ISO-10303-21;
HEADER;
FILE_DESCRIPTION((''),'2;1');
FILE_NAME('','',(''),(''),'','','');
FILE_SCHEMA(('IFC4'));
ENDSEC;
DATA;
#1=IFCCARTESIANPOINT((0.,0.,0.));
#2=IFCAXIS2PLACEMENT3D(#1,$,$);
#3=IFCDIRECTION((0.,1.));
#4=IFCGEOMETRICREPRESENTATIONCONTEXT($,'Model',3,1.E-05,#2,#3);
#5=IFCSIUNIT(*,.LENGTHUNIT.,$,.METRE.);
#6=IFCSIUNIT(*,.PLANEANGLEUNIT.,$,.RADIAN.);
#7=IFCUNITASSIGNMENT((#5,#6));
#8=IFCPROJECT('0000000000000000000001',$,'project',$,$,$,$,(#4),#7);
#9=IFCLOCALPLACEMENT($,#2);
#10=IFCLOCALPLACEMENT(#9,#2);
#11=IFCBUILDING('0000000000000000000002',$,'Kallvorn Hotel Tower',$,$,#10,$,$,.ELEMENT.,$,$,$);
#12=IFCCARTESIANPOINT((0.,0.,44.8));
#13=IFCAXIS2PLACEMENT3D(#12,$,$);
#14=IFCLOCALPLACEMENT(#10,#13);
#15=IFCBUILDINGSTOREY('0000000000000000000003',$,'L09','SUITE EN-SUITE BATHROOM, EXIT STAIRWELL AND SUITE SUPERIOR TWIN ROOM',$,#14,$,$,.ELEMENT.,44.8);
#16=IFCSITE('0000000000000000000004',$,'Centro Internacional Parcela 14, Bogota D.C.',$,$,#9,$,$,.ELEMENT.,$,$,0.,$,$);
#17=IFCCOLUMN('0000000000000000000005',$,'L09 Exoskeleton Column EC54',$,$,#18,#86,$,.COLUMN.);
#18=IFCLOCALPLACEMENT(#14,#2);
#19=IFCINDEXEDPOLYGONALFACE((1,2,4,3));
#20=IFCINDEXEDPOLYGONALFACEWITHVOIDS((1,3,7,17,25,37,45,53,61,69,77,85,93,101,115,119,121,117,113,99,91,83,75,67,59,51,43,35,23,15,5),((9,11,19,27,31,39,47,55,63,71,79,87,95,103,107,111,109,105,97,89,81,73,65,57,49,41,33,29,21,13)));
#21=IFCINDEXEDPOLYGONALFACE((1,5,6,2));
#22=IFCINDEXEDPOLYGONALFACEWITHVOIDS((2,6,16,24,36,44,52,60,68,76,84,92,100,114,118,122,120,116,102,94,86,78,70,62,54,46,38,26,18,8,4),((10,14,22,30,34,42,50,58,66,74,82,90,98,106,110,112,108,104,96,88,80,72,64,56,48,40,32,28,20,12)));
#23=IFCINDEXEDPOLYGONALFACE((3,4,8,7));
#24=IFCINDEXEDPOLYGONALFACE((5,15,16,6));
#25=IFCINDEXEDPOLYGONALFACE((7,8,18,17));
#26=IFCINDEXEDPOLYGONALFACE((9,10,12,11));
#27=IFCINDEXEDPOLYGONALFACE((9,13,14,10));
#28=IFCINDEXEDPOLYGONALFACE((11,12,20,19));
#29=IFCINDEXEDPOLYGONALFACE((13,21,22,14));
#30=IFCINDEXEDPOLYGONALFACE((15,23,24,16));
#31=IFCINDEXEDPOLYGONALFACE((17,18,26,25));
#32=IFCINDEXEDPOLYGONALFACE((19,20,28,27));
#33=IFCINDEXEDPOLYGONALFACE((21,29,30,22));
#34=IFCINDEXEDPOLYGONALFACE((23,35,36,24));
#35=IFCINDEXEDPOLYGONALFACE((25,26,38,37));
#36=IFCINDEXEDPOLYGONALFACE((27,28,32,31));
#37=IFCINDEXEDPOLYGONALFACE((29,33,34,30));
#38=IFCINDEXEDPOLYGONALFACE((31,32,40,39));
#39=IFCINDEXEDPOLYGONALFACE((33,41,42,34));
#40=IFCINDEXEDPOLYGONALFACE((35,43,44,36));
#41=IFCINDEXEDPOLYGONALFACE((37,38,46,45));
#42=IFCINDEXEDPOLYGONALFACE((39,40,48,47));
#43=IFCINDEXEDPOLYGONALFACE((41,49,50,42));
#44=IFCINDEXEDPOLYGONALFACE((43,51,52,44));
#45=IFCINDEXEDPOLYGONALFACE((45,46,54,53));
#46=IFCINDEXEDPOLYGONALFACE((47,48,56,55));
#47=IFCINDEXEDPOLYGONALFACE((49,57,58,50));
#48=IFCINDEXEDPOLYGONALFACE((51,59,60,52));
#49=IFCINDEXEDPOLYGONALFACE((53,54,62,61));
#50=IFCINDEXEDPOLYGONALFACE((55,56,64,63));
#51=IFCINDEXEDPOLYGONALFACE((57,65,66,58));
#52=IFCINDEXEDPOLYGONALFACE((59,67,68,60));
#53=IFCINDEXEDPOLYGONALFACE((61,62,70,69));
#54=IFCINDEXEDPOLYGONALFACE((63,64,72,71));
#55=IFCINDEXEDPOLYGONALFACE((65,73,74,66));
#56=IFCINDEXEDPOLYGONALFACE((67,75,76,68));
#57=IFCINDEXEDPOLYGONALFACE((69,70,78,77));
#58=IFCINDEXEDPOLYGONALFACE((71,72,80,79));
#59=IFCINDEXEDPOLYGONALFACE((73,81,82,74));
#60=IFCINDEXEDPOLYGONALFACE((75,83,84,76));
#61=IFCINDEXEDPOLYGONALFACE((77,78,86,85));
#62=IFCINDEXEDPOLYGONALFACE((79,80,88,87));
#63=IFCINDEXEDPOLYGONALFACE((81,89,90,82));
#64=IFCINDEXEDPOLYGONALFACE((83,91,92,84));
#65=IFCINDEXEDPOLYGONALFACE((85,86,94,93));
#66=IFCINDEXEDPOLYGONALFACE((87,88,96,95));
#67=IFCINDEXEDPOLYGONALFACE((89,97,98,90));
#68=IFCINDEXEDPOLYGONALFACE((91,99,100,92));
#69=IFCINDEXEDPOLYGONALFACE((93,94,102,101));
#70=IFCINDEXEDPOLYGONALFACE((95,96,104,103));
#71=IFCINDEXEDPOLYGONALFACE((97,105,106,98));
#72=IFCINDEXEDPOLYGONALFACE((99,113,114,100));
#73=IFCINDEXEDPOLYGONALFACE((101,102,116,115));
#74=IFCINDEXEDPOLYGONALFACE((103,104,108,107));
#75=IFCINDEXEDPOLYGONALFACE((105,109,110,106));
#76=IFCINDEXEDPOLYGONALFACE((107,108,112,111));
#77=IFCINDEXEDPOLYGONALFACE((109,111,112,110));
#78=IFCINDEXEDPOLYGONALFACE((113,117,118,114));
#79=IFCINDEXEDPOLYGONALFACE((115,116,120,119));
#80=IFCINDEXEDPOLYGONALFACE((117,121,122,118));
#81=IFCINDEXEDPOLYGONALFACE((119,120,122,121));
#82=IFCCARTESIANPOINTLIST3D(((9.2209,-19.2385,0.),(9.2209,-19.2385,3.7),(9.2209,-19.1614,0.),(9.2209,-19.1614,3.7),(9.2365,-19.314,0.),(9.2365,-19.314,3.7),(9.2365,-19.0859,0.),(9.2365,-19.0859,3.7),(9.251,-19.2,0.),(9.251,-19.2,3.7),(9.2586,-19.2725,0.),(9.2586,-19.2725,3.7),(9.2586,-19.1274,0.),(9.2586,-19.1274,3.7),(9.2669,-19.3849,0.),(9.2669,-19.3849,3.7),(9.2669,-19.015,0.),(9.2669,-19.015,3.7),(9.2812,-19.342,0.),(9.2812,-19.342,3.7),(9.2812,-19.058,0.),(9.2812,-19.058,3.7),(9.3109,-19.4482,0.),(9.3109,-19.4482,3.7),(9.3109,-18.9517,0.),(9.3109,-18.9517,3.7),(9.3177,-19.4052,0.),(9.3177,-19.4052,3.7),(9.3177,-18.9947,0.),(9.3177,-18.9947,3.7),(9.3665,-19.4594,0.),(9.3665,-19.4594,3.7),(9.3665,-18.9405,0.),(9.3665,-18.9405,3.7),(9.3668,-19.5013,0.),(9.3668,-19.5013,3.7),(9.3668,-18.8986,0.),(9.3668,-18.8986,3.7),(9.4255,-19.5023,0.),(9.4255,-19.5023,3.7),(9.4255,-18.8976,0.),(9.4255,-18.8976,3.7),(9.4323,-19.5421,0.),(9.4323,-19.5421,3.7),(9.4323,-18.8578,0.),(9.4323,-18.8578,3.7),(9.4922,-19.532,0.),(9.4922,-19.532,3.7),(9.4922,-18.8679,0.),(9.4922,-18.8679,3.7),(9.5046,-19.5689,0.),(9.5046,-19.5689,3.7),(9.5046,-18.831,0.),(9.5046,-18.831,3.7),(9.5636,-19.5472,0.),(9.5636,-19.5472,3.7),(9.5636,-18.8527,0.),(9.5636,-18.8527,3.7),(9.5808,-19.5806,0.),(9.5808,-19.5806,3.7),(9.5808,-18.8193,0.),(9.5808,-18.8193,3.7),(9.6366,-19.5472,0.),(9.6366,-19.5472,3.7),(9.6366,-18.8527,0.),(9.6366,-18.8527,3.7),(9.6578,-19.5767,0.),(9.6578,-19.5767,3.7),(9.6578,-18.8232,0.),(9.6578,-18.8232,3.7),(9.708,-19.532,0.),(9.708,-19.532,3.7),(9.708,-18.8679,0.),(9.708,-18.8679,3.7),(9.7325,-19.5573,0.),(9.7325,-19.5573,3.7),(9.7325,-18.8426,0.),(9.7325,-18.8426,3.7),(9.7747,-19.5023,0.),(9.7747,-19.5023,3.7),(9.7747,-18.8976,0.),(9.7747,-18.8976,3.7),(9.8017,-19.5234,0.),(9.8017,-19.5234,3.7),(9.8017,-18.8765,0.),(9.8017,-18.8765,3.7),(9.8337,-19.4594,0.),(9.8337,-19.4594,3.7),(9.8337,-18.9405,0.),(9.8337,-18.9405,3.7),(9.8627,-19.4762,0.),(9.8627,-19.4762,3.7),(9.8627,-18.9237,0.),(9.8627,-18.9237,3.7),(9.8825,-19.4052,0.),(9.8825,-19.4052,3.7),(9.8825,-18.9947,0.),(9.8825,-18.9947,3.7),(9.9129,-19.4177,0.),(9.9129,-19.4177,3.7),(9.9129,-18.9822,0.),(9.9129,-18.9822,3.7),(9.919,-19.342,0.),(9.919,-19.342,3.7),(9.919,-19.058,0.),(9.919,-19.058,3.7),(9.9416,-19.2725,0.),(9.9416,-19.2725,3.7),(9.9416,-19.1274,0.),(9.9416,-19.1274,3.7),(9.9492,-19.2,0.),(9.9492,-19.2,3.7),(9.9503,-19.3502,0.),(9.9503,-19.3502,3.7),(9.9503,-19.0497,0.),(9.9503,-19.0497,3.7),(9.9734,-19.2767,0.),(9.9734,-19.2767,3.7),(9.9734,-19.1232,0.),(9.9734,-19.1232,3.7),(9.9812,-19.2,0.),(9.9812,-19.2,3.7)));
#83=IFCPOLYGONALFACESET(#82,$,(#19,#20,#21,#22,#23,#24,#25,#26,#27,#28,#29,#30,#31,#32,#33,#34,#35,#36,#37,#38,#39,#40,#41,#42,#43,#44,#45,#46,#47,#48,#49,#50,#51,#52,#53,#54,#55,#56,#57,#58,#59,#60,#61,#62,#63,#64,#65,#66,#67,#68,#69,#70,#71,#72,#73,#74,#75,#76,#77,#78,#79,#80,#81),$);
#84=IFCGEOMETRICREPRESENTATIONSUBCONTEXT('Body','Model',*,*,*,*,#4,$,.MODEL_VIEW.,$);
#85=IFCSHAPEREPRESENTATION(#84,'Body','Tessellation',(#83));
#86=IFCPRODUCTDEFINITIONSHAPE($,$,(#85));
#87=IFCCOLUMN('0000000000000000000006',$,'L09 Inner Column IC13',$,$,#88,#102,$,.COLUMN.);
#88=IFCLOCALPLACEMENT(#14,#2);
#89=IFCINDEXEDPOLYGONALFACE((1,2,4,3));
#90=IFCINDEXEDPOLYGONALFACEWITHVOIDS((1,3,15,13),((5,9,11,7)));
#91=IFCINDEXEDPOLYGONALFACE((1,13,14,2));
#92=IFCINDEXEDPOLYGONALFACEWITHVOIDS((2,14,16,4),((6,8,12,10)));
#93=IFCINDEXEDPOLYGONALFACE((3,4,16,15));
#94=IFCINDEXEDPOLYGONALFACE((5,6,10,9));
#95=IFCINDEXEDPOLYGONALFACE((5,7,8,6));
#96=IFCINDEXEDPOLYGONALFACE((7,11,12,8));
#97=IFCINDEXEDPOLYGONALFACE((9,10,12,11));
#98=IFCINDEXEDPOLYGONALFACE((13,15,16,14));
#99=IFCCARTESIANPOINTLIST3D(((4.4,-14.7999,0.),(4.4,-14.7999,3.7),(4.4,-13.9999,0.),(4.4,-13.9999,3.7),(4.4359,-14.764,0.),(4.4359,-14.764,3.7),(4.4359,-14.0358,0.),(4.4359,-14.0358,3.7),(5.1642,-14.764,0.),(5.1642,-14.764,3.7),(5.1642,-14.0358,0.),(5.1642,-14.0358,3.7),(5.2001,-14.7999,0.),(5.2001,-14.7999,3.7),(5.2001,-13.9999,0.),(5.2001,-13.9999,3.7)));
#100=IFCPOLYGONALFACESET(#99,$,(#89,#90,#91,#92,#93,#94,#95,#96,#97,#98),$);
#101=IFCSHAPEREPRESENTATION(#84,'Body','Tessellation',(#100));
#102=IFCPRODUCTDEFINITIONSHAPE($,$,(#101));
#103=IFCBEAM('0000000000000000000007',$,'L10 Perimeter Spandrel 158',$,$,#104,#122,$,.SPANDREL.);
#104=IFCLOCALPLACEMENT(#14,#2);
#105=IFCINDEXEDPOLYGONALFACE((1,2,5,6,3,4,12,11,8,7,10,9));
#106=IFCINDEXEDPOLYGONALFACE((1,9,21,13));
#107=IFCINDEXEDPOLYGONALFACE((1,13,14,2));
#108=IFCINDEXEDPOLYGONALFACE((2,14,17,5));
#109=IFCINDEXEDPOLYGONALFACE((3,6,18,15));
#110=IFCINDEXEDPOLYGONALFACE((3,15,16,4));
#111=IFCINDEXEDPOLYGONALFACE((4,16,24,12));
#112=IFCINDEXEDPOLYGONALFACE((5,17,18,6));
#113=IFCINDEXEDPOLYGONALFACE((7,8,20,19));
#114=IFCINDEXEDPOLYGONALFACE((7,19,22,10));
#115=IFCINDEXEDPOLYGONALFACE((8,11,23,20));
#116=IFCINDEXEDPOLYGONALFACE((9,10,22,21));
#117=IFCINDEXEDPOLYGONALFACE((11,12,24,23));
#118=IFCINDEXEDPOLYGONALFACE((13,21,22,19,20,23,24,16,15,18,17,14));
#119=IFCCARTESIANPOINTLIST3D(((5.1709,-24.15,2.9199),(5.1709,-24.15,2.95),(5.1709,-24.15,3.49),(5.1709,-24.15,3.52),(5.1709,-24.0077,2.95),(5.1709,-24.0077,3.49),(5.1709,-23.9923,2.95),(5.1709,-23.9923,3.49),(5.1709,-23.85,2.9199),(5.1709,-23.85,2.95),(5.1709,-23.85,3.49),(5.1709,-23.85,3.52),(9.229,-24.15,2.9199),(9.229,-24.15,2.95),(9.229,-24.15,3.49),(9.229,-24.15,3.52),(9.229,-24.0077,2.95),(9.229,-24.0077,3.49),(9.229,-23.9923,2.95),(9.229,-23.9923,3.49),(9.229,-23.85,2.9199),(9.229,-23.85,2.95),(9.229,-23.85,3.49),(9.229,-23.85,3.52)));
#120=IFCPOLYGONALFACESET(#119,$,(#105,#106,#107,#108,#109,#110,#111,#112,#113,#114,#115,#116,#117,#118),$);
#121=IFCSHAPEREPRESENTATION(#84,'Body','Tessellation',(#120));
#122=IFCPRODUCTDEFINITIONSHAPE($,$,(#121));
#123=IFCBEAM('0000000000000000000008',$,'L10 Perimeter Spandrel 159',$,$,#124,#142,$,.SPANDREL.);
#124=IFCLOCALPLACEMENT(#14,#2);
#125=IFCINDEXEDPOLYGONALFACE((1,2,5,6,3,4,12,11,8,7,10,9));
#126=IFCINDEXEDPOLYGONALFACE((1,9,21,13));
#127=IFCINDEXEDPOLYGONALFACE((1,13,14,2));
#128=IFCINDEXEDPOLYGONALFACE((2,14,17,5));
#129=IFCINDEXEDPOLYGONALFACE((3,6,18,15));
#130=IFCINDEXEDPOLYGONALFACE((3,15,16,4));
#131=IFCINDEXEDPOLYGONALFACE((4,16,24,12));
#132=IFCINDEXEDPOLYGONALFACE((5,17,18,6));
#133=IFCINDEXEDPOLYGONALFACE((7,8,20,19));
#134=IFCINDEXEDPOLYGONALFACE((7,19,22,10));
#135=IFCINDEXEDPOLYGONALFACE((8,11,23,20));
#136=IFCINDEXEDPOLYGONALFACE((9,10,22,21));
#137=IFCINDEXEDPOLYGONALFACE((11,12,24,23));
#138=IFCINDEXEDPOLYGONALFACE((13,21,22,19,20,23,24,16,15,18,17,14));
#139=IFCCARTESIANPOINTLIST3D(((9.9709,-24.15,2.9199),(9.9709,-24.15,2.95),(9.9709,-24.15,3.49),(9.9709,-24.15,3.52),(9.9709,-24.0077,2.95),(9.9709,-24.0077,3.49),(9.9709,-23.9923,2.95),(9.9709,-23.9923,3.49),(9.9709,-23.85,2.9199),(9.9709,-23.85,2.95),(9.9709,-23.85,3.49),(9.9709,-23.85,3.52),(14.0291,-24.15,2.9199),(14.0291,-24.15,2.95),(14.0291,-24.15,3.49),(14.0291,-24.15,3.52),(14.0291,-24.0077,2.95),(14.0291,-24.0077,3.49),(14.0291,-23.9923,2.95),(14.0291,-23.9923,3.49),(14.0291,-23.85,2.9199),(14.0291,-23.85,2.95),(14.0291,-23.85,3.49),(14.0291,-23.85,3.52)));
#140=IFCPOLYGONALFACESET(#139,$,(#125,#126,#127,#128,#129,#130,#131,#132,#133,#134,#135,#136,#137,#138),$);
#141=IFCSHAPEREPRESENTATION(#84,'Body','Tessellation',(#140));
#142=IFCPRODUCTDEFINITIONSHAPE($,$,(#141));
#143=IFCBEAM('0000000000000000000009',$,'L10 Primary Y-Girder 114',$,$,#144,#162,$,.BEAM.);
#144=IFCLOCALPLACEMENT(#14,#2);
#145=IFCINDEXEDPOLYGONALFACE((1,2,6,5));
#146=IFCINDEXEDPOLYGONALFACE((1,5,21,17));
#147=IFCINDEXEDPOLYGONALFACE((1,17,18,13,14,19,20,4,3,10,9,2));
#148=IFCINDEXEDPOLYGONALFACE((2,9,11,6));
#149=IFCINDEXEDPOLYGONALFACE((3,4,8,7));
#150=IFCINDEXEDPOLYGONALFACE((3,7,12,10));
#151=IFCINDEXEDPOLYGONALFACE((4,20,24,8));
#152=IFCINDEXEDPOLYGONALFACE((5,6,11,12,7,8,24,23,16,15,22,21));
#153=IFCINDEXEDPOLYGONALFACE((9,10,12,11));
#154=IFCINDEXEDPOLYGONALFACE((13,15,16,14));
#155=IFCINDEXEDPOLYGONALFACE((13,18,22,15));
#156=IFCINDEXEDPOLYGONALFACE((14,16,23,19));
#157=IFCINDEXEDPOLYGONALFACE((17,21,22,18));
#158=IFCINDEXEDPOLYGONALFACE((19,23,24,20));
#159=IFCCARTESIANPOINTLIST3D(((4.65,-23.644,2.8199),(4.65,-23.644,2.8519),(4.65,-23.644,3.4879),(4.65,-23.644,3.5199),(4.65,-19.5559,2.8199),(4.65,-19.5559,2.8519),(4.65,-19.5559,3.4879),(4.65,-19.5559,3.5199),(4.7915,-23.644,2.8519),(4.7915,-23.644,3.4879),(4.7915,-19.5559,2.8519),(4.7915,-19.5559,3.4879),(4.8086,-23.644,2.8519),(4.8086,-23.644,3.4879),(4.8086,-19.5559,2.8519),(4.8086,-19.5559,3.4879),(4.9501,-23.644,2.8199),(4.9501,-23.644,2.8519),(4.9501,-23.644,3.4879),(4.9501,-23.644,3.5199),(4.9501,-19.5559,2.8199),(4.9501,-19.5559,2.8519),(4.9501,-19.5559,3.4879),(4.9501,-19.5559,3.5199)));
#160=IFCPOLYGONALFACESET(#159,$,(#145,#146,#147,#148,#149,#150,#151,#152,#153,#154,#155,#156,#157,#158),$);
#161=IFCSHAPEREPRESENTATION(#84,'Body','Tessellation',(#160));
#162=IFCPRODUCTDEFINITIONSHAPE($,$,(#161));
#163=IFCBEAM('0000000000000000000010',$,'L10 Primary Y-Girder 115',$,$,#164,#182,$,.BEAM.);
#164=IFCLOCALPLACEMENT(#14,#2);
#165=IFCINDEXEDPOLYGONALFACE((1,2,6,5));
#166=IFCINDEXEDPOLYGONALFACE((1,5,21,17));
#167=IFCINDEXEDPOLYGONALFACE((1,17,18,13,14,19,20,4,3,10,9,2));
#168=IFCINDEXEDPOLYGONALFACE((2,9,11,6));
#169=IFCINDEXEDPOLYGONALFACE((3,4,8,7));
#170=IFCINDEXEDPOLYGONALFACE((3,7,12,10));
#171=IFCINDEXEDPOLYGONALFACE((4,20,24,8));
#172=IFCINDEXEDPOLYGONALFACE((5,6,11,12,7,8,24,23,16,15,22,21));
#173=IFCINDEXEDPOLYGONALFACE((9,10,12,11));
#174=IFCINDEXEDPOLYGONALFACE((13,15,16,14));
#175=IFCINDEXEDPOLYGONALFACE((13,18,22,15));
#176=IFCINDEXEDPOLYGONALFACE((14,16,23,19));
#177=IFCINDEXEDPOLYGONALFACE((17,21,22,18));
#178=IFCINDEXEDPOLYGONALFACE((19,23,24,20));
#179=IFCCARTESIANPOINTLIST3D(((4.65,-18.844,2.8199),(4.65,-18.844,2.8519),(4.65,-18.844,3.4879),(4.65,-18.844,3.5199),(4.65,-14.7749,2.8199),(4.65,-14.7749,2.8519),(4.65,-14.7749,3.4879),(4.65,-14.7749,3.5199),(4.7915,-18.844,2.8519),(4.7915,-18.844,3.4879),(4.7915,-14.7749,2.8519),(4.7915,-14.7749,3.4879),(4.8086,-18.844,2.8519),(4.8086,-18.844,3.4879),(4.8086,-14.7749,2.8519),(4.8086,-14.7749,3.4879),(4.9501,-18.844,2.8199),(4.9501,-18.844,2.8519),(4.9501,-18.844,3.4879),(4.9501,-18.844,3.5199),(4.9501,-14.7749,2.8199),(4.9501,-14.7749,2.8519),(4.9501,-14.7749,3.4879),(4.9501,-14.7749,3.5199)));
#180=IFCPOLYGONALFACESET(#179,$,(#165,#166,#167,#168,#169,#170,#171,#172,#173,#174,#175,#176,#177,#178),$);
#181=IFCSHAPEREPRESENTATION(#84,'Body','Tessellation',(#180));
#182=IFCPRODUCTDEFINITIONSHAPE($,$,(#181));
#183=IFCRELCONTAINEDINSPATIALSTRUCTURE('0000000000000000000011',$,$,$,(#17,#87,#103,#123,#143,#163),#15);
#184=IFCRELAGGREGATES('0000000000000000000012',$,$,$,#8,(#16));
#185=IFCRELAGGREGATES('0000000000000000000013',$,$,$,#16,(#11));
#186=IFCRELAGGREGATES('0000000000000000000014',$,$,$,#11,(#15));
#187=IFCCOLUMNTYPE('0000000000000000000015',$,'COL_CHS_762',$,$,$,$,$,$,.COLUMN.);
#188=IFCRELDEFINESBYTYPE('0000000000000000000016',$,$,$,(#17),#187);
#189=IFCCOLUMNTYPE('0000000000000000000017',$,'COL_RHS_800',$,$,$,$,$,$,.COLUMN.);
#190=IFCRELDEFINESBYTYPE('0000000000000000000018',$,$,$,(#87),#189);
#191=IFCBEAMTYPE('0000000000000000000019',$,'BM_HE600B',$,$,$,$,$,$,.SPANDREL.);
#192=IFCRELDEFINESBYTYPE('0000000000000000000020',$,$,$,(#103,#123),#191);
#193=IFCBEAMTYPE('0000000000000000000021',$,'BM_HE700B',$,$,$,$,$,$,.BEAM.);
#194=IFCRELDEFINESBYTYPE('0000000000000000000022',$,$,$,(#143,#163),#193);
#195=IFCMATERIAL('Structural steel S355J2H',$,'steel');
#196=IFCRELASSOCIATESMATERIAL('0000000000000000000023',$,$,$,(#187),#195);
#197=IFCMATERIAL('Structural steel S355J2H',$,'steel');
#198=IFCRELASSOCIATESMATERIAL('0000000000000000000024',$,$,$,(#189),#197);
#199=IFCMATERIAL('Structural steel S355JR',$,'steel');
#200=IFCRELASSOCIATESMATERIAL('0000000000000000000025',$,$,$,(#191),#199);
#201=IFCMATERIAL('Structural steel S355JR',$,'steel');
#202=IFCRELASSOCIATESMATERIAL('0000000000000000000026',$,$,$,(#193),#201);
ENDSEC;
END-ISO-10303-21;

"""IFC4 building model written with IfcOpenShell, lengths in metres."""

from ifc_helpers import new_model, si_unit, direction, frame, origin, origin_2d, place, context, subcontext, project, spatial, hollow_rectangle, hollow_circle, i_section, extrude, material, material_profile, profile_set, type_object, element, save


model = new_model("IFC4")

# Units and contexts
model_context = context("Model", 3, precision=1e-05, world=origin(), true_north=direction((0.0, 1.0)))
body_context = subcontext(model_context, "Body", "Model", "MODEL_VIEW")
ifc_project = project(units=[si_unit("LENGTHUNIT", "METRE"), si_unit("PLANEANGLEUNIT", "RADIAN")], contexts=[model_context])

# Site, building, storey
site_placement = place(None, origin())
site = spatial("IfcSite", under=ifc_project, at=site_placement, Name="Centro Internacional Parcela 14, Bogota D.C.", CompositionType="ELEMENT", RefElevation=0.0)
building_placement = place(site_placement, origin())
building = spatial("IfcBuilding", under=site, at=building_placement, Name="Kallvorn Hotel Tower", CompositionType="ELEMENT")
storey_placement = place(building_placement, frame((0.0, 0.0, 44.8)))
storey = spatial("IfcBuildingStorey", under=building, at=storey_placement, Name="L09", Description="SUITE EN-SUITE BATHROOM, EXIT STAIRWELL AND SUITE SUPERIOR TWIN ROOM", CompositionType="ELEMENT", Elevation=44.8)

# Columns
ifc_material_1 = material(Name="Structural steel S355J2H", Category="steel")
ifc_material_profile_1 = material_profile(ifc_material_1, hollow_circle(Radius=0.3811, WallThickness=0.032, at=origin_2d()), Name="CHS 762x32")
ifc_profile_set_1 = profile_set([ifc_material_profile_1], Name="Structural steel S355J2H")
column_type_1 = type_object("IfcColumnType", Name="COL_CHS_762", PredefinedType="COLUMN", material=ifc_profile_set_1)
for number, where, z_axis, x_axis, name in (
    (1, (9.6001, -19.2, 0.0), (0.0, 0.0, 1.0), (1.0, 0.0, 0.0), "L09 Exoskeleton Column EC54"),
):
    element("IfcColumn", number, at=place(storey_placement, frame(where, z_axis=z_axis, x_axis=x_axis)), inside=storey, type_object=column_type_1, Name=name, PredefinedType="COLUMN", context=body_context, shape_type="SweptSolid", body=[
        extrude(hollow_circle(Radius=0.3811, WallThickness=0.032, at=origin_2d()), origin(), (0.0, 0.0, 1.0), 3.7),
    ])
ifc_material_2 = material(Name="Structural steel S355J2H", Category="steel")
ifc_material_profile_2 = material_profile(ifc_material_2, hollow_rectangle(XDim=0.8, YDim=0.8, WallThickness=0.0359, at=origin_2d()), Name="RHS 800x800x36")
ifc_profile_set_2 = profile_set([ifc_material_profile_2], Name="Structural steel S355J2H")
column_type_2 = type_object("IfcColumnType", Name="COL_RHS_800", PredefinedType="COLUMN", material=ifc_profile_set_2)
column_placement = place(storey_placement, frame((4.8, -14.3999, 0.0), z_axis=(0.0, 0.0, 1.0), x_axis=(1.0, 0.0, 0.0)))
element("IfcColumn", 2, at=column_placement, inside=storey, type_object=column_type_2, Name="L09 Inner Column IC13", PredefinedType="COLUMN", context=body_context, shape_type="SweptSolid", body=[
    extrude(hollow_rectangle(XDim=0.8, YDim=0.8, WallThickness=0.0359, at=origin_2d()), origin(), (0.0, 0.0, 1.0), 3.7),
])

# Beams
ifc_material_3 = material(Name="Structural steel S355JR", Category="steel")
ifc_material_profile_3 = material_profile(ifc_material_3, i_section(OverallWidth=0.3, OverallDepth=0.6001, WebThickness=0.0154, FlangeThickness=0.03, at=origin_2d()), Name="HE 600 B")
ifc_profile_set_3 = profile_set([ifc_material_profile_3], Name="Structural steel S355JR")
beam_type_1 = type_object("IfcBeamType", Name="BM_HE600B", PredefinedType="SPANDREL", material=ifc_profile_set_3)
for number, where, z_axis, x_axis, name in (
    (3, (5.1709, -24.0, 3.22), (1.0, 0.0, 0.0), (0.0, 1.0, 0.0), "L10 Perimeter Spandrel 158"),
    (4, (9.9709, -24.0, 3.22), (1.0, 0.0, 0.0), (0.0, 1.0, 0.0), "L10 Perimeter Spandrel 159"),
):
    element("IfcBeam", number, at=place(storey_placement, frame(where, z_axis=z_axis, x_axis=x_axis)), inside=storey, type_object=beam_type_1, Name=name, PredefinedType="SPANDREL", context=body_context, shape_type="SweptSolid", body=[
        extrude(i_section(OverallWidth=0.3, OverallDepth=0.6001, WebThickness=0.0154, FlangeThickness=0.03, at=origin_2d()), origin(), (0.0, 0.0, 1.0), 4.0581),
    ])
ifc_material_4 = material(Name="Structural steel S355JR", Category="steel")
ifc_material_profile_4 = material_profile(ifc_material_4, i_section(OverallWidth=0.3, OverallDepth=0.7, WebThickness=0.0171, FlangeThickness=0.032, at=origin_2d()), Name="HE 700 B")
ifc_profile_set_4 = profile_set([ifc_material_profile_4], Name="Structural steel S355JR")
beam_type_2 = type_object("IfcBeamType", Name="BM_HE700B", PredefinedType="BEAM", material=ifc_profile_set_4)
beam_1_placement = place(storey_placement, frame((4.8, -23.644, 3.1699), z_axis=(0.0, 1.0, 0.0), x_axis=(-1.0, 0.0, 0.0)))
element("IfcBeam", 5, at=beam_1_placement, inside=storey, type_object=beam_type_2, Name="L10 Primary Y-Girder 114", PredefinedType="BEAM", context=body_context, shape_type="SweptSolid", body=[
    extrude(i_section(OverallWidth=0.3, OverallDepth=0.7, WebThickness=0.0171, FlangeThickness=0.032, at=origin_2d()), origin(), (0.0, 0.0, 1.0), 4.0881),
])
beam_2_placement = place(storey_placement, frame((4.8, -18.844, 3.1699), z_axis=(0.0, 1.0, 0.0), x_axis=(-1.0, 0.0, 0.0)))
element("IfcBeam", 6, at=beam_2_placement, inside=storey, type_object=beam_type_2, Name="L10 Primary Y-Girder 115", PredefinedType="BEAM", context=body_context, shape_type="SweptSolid", body=[
    extrude(i_section(OverallWidth=0.3, OverallDepth=0.7, WebThickness=0.0171, FlangeThickness=0.032, at=origin_2d()), origin(), (0.0, 0.0, 1.0), 4.0691),
])

save(model, "model.ifc")
